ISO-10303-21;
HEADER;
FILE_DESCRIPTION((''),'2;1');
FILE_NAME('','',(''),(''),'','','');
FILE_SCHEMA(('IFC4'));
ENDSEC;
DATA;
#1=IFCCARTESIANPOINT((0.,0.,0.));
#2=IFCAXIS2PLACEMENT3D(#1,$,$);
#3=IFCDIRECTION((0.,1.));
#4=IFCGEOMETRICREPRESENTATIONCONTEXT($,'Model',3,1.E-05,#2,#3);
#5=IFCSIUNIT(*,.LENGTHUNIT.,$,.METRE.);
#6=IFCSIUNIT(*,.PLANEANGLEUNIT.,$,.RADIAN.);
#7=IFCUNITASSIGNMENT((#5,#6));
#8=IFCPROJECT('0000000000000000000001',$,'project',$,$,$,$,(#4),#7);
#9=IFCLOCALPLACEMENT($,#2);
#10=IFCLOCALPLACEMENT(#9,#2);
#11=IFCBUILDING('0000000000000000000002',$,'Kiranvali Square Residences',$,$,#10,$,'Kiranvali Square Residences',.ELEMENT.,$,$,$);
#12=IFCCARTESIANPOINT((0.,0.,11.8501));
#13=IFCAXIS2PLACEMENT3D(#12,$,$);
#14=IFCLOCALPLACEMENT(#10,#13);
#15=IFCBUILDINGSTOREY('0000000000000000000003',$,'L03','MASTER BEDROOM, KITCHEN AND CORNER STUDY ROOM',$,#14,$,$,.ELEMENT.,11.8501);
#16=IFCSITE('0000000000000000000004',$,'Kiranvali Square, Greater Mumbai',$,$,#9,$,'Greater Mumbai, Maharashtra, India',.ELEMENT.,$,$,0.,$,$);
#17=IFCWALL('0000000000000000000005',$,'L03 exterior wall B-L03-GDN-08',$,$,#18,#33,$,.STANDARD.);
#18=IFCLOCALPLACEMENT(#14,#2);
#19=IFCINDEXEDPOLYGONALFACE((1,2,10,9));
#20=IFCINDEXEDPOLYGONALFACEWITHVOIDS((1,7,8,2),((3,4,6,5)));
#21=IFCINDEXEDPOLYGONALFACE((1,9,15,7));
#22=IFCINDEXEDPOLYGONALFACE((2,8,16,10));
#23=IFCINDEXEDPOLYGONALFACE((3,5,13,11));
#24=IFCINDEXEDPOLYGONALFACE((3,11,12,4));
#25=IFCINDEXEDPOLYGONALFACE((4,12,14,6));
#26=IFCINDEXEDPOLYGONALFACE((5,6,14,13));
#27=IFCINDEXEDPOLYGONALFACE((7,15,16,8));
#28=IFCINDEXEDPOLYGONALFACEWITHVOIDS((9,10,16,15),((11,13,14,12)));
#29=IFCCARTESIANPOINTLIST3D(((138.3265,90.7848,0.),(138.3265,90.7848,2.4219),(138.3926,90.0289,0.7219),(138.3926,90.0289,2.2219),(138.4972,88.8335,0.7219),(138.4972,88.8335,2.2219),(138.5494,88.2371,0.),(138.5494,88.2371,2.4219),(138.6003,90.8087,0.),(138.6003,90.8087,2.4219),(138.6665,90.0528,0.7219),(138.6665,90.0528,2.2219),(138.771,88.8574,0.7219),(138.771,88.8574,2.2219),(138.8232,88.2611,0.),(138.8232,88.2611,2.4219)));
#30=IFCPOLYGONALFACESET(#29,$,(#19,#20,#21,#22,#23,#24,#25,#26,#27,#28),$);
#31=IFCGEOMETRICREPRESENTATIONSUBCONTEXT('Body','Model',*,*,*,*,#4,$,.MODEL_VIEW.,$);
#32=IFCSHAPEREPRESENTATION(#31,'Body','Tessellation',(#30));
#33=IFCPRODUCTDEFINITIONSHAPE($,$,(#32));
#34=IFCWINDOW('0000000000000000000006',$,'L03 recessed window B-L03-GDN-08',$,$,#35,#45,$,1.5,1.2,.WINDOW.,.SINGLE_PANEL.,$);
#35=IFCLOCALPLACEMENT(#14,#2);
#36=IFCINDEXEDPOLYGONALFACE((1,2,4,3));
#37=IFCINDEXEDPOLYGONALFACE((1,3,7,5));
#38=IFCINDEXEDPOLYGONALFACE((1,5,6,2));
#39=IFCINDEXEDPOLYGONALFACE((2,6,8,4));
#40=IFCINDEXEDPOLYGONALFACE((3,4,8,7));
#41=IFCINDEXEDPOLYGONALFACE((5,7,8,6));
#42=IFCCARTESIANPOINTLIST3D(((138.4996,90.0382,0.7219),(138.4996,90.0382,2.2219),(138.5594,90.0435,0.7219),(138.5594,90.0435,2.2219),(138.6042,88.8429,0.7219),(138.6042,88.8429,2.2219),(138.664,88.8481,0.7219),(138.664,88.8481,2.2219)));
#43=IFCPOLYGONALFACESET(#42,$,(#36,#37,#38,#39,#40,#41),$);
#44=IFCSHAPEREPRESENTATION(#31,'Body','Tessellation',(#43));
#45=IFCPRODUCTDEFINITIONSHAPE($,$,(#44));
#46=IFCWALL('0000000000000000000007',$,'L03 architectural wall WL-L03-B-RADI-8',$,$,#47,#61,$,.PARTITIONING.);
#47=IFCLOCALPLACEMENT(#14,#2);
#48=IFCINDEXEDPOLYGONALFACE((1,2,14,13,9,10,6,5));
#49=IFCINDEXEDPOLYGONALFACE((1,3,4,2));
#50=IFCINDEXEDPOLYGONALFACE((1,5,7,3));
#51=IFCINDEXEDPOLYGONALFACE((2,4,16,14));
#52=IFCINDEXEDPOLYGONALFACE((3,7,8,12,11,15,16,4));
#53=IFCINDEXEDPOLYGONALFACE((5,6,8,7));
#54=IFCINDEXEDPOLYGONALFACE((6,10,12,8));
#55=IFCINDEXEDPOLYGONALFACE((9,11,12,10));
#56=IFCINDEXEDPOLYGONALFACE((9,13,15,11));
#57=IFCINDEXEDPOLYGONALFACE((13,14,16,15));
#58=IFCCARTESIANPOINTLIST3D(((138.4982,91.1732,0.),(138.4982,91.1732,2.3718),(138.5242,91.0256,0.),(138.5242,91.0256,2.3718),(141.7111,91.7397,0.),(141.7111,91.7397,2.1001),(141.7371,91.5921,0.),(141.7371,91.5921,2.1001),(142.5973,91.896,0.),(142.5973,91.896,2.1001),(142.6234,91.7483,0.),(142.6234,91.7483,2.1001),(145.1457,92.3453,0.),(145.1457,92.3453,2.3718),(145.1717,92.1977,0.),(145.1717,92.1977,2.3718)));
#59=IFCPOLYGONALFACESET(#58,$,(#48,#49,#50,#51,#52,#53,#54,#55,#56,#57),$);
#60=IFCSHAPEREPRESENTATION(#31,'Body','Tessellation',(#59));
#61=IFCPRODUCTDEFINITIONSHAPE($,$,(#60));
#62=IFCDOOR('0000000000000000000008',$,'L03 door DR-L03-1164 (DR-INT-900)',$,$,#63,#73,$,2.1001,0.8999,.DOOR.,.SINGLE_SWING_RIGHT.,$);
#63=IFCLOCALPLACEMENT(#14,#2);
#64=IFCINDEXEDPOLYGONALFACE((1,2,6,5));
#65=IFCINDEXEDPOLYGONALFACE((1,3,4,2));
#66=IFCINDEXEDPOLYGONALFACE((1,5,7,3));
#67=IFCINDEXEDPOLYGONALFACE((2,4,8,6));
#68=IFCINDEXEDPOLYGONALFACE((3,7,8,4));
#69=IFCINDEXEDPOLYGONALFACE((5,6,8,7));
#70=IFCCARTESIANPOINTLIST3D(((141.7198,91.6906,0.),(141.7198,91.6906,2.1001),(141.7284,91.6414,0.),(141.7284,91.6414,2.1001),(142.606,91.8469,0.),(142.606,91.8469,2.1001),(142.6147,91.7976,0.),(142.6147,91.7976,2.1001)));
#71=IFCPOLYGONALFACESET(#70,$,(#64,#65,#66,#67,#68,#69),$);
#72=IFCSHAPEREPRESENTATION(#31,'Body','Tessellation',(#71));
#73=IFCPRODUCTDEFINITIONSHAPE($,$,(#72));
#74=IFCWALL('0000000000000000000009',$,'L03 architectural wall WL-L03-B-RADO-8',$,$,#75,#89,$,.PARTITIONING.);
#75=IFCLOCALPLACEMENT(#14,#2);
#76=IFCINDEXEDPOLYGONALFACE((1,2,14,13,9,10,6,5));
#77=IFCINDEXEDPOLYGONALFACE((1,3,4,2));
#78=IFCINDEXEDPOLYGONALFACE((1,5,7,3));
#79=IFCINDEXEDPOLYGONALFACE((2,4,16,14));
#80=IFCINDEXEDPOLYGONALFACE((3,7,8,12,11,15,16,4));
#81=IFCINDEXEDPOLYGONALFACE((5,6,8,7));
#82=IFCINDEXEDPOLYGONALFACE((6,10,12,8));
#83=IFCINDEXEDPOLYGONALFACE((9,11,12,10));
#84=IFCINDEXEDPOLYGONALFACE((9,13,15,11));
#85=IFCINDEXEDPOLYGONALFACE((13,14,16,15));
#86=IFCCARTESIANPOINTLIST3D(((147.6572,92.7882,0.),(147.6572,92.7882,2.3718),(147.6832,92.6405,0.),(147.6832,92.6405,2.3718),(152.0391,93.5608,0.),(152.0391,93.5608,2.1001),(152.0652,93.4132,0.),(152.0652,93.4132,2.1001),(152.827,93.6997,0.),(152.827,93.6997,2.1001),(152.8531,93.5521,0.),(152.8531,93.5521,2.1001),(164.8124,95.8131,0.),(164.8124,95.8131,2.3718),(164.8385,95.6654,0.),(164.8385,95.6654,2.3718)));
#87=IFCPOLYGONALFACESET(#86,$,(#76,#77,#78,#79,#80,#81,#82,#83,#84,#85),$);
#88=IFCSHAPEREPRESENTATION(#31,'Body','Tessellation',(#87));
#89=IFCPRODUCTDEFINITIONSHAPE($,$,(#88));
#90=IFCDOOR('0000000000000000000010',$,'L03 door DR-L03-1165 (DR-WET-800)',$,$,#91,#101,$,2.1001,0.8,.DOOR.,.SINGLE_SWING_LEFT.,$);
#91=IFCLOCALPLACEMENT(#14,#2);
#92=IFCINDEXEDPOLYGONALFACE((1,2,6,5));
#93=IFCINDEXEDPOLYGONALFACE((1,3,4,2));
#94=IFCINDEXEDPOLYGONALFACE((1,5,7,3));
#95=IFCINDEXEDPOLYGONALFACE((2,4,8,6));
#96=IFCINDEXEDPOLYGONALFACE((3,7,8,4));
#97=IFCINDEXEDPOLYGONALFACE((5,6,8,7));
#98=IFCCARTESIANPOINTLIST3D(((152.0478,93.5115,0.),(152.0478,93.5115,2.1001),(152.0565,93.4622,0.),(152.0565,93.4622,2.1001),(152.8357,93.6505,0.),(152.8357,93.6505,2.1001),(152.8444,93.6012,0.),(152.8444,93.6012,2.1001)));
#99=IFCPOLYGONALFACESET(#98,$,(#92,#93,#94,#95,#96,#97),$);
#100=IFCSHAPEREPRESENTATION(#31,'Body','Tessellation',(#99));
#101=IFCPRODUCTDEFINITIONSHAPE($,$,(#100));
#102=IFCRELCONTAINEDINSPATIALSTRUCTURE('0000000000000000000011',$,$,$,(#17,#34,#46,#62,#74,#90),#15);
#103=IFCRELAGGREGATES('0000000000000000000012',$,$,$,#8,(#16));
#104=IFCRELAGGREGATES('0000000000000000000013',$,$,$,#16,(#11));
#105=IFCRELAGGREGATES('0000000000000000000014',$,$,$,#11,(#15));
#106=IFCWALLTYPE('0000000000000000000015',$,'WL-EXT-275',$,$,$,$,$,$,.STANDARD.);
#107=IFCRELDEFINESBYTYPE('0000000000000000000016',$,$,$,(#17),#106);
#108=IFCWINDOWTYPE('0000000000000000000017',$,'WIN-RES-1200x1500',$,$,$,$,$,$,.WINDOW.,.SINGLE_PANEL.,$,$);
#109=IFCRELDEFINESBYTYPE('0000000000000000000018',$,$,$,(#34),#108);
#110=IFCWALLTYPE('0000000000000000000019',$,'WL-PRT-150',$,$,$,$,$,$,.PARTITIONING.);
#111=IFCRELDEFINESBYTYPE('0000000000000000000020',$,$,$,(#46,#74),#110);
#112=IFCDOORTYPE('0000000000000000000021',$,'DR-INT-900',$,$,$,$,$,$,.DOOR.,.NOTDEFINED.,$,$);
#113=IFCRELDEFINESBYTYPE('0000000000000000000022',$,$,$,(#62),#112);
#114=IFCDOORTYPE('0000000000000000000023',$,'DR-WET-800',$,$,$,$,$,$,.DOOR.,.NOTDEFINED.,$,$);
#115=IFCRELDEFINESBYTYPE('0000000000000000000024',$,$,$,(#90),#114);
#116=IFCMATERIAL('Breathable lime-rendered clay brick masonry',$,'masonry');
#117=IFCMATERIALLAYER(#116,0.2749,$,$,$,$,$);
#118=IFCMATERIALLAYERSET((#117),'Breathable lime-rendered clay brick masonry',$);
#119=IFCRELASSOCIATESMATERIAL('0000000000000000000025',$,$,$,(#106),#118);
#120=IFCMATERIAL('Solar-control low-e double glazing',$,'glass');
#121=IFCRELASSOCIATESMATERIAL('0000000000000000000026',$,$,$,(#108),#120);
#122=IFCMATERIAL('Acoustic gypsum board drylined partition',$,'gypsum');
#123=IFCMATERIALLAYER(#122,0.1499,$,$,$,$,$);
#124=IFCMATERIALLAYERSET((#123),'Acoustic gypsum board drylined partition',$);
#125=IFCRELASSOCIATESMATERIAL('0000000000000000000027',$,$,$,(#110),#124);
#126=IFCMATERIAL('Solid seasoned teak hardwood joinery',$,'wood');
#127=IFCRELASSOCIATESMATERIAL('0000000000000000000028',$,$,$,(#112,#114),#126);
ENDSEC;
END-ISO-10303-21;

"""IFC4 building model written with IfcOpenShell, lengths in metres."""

from ifc_helpers import new_model, si_unit, direction, frame, frame_2d, origin, place, context, subcontext, project, spatial, rectangle, extrude, material, layer, layer_set, type_object, element, fill, save


model = new_model("IFC4")

# Units and contexts
model_context = context("Model", 3, precision=1e-05, world=origin(), true_north=direction((0.0, 1.0)))
body_context = subcontext(model_context, "Body", "Model", "MODEL_VIEW")
ifc_project = project(units=[si_unit("LENGTHUNIT", "METRE"), si_unit("PLANEANGLEUNIT", "RADIAN")], contexts=[model_context])

# Site, building, storey
site_placement = place(None, origin())
site = spatial("IfcSite", under=ifc_project, at=site_placement, Name="Kiranvali Square, Greater Mumbai", LongName="Greater Mumbai, Maharashtra, India", CompositionType="ELEMENT", RefElevation=0.0)
building_placement = place(site_placement, origin())
building = spatial("IfcBuilding", under=site, at=building_placement, Name="Kiranvali Square Residences", LongName="Kiranvali Square Residences", CompositionType="ELEMENT")
storey_placement = place(building_placement, frame((0.0, 0.0, 11.8501)))
storey = spatial("IfcBuildingStorey", under=building, at=storey_placement, Name="L03", Description="MASTER BEDROOM, KITCHEN AND CORNER STUDY ROOM", CompositionType="ELEMENT", Elevation=11.8501)

# Wall, opening, window
ifc_material_1 = material(Name="Breathable lime-rendered clay brick masonry", Category="masonry")
ifc_layer_1 = layer(ifc_material_1, 0.2749)
ifc_layer_set_1 = layer_set([ifc_layer_1], Name="Breathable lime-rendered clay brick masonry")
wall_type_1 = type_object("IfcWallType", Name="WL-EXT-275", PredefinedType="STANDARD", material=ifc_layer_set_1)
wall_1_placement = place(storey_placement, frame((138.4634, 90.7969, 0.0), z_axis=(0.0, 0.0, 1.0), x_axis=(0.087161, -0.996194, 0.0)))
wall_1 = element("IfcWall", 1, at=wall_1_placement, inside=storey, type_object=wall_type_1, Name="L03 exterior wall B-L03-GDN-08", PredefinedType="STANDARD", context=body_context, shape_type="SweptSolid", body=[
    extrude(rectangle(XDim=2.5574, YDim=0.2749, at=frame_2d((1.2788, 0.0))), origin(), (0.0, 0.0, 1.0), 2.4219),
])
opening_1_placement = place(wall_1_placement, frame((0.7588, 0.0, 0.7219)))
opening_1 = element("IfcOpeningElement", 2, at=opening_1_placement, cuts=wall_1, PredefinedType="OPENING", context=body_context, shape_type="SweptSolid", body=[
    extrude(rectangle(XDim=1.2, YDim=1.5, at=frame_2d((0.6001, 0.75))), frame((0.0, 0.1475, 0.0), z_axis=(0.0, -1.0, 0.0), x_axis=(1.0, 0.0, 0.0)), (0.0, 0.0, 1.0), 0.2949),
])
ifc_material_2 = material(Name="Solar-control low-e double glazing", Category="glass")
window_type = type_object("IfcWindowType", Name="WIN-RES-1200x1500", PartitioningType="SINGLE_PANEL", PredefinedType="WINDOW", material=ifc_material_2)
window_placement = place(opening_1_placement, origin())
window = element("IfcWindow", 3, at=window_placement, inside=storey, type_object=window_type, Name="L03 recessed window B-L03-GDN-08", OverallHeight=1.5, OverallWidth=1.2, PartitioningType="SINGLE_PANEL", PredefinedType="WINDOW", context=body_context, shape_type="SweptSolid", body=[
    extrude(rectangle(XDim=1.2, YDim=1.5, at=frame_2d((0.6001, 0.75))), frame((0.0, 0.03, 0.0), z_axis=(0.0, -1.0, 0.0), x_axis=(1.0, 0.0, 0.0)), (0.0, 0.0, 1.0), 0.0601),
])
fill(opening_1, window)

# Walls, openings, doors
ifc_material_3 = material(Name="Acoustic gypsum board drylined partition", Category="gypsum")
ifc_layer_2 = layer(ifc_material_3, 0.1499)
ifc_layer_set_2 = layer_set([ifc_layer_2], Name="Acoustic gypsum board drylined partition")
wall_type_2 = type_object("IfcWallType", Name="WL-PRT-150", PredefinedType="PARTITIONING", material=ifc_layer_set_2)
wall_2_placement = place(storey_placement, frame((138.5112, 91.0994, 0.0), z_axis=(0.0, 0.0, 1.0), x_axis=(0.984808, 0.173647, 0.0)))
wall_2 = element("IfcWall", 4, at=wall_2_placement, inside=storey, type_object=wall_type_2, Name="L03 architectural wall WL-L03-B-RADI-8", PredefinedType="PARTITIONING", context=body_context, shape_type="SweptSolid", body=[
    extrude(rectangle(XDim=6.75, YDim=0.1499, at=frame_2d((3.375, 0.0))), origin(), (0.0, 0.0, 1.0), 2.3718),
])
opening_2_placement = place(wall_2_placement, frame((3.2625, 0.0, 0.0)))
opening_2 = element("IfcOpeningElement", 5, at=opening_2_placement, cuts=wall_2, PredefinedType="OPENING", context=body_context, shape_type="SweptSolid", body=[
    extrude(rectangle(XDim=0.8999, YDim=2.1001, at=frame_2d((0.45, 1.05))), frame((0.0, 0.085, 0.0), z_axis=(0.0, -1.0, 0.0), x_axis=(1.0, 0.0, 0.0)), (0.0, 0.0, 1.0), 0.1699),
])
ifc_material_4 = material(Name="Solid seasoned teak hardwood joinery", Category="wood")
door_type_1 = type_object("IfcDoorType", Name="DR-INT-900", OperationType="NOTDEFINED", PredefinedType="DOOR", material=ifc_material_4)
door_1_placement = place(opening_2_placement, frame((0.8999, 0.0, 0.0), z_axis=(0.0, 0.0, 1.0), x_axis=(-1.0, 0.0, 0.0)))
door_1 = element("IfcDoor", 6, at=door_1_placement, inside=storey, type_object=door_type_1, Name="L03 door DR-L03-1164 (DR-INT-900)", OperationType="SINGLE_SWING_RIGHT", OverallHeight=2.1001, OverallWidth=0.8999, PredefinedType="DOOR", context=body_context, shape_type="SweptSolid", body=[
    extrude(rectangle(XDim=0.8999, YDim=2.1001, at=frame_2d((0.45, 1.05))), frame((0.0, 0.0249, 0.0), z_axis=(0.0, -1.0, 0.0), x_axis=(1.0, 0.0, 0.0)), (0.0, 0.0, 1.0), 0.05),
])
fill(opening_2, door_1)
wall_3_placement = place(storey_placement, frame((147.6702, 92.7144, 0.0), z_axis=(0.0, 0.0, 1.0), x_axis=(0.984808, 0.173646, 0.0)))
wall_3 = element("IfcWall", 7, at=wall_3_placement, inside=storey, type_object=wall_type_2, Name="L03 architectural wall WL-L03-B-RADO-8", PredefinedType="PARTITIONING", context=body_context, shape_type="SweptSolid", body=[
    extrude(rectangle(XDim=17.4199, YDim=0.1499, at=frame_2d((8.71, 0.0))), origin(), (0.0, 0.0, 1.0), 2.3718),
])
opening_3_placement = place(wall_3_placement, frame((4.4497, 0.0, 0.0)))
opening_3 = element("IfcOpeningElement", 8, at=opening_3_placement, cuts=wall_3, PredefinedType="OPENING", context=body_context, shape_type="SweptSolid", body=[
    extrude(rectangle(XDim=0.8, YDim=2.1001, at=frame_2d((0.3999, 1.05))), frame((0.0, 0.085, 0.0), z_axis=(0.0, -1.0, 0.0), x_axis=(1.0, 0.0, 0.0)), (0.0, 0.0, 1.0), 0.1699),
])
door_type_2 = type_object("IfcDoorType", Name="DR-WET-800", OperationType="NOTDEFINED", PredefinedType="DOOR", material=ifc_material_4)
door_2_placement = place(opening_3_placement, origin())
door_2 = element("IfcDoor", 9, at=door_2_placement, inside=storey, type_object=door_type_2, Name="L03 door DR-L03-1165 (DR-WET-800)", OperationType="SINGLE_SWING_LEFT", OverallHeight=2.1001, OverallWidth=0.8, PredefinedType="DOOR", context=body_context, shape_type="SweptSolid", body=[
    extrude(rectangle(XDim=0.8, YDim=2.1001, at=frame_2d((0.3999, 1.05))), frame((0.0, 0.0249, 0.0), z_axis=(0.0, -1.0, 0.0), x_axis=(1.0, 0.0, 0.0)), (0.0, 0.0, 1.0), 0.05),
])
fill(opening_3, door_2)

save(model, "model.ifc")
